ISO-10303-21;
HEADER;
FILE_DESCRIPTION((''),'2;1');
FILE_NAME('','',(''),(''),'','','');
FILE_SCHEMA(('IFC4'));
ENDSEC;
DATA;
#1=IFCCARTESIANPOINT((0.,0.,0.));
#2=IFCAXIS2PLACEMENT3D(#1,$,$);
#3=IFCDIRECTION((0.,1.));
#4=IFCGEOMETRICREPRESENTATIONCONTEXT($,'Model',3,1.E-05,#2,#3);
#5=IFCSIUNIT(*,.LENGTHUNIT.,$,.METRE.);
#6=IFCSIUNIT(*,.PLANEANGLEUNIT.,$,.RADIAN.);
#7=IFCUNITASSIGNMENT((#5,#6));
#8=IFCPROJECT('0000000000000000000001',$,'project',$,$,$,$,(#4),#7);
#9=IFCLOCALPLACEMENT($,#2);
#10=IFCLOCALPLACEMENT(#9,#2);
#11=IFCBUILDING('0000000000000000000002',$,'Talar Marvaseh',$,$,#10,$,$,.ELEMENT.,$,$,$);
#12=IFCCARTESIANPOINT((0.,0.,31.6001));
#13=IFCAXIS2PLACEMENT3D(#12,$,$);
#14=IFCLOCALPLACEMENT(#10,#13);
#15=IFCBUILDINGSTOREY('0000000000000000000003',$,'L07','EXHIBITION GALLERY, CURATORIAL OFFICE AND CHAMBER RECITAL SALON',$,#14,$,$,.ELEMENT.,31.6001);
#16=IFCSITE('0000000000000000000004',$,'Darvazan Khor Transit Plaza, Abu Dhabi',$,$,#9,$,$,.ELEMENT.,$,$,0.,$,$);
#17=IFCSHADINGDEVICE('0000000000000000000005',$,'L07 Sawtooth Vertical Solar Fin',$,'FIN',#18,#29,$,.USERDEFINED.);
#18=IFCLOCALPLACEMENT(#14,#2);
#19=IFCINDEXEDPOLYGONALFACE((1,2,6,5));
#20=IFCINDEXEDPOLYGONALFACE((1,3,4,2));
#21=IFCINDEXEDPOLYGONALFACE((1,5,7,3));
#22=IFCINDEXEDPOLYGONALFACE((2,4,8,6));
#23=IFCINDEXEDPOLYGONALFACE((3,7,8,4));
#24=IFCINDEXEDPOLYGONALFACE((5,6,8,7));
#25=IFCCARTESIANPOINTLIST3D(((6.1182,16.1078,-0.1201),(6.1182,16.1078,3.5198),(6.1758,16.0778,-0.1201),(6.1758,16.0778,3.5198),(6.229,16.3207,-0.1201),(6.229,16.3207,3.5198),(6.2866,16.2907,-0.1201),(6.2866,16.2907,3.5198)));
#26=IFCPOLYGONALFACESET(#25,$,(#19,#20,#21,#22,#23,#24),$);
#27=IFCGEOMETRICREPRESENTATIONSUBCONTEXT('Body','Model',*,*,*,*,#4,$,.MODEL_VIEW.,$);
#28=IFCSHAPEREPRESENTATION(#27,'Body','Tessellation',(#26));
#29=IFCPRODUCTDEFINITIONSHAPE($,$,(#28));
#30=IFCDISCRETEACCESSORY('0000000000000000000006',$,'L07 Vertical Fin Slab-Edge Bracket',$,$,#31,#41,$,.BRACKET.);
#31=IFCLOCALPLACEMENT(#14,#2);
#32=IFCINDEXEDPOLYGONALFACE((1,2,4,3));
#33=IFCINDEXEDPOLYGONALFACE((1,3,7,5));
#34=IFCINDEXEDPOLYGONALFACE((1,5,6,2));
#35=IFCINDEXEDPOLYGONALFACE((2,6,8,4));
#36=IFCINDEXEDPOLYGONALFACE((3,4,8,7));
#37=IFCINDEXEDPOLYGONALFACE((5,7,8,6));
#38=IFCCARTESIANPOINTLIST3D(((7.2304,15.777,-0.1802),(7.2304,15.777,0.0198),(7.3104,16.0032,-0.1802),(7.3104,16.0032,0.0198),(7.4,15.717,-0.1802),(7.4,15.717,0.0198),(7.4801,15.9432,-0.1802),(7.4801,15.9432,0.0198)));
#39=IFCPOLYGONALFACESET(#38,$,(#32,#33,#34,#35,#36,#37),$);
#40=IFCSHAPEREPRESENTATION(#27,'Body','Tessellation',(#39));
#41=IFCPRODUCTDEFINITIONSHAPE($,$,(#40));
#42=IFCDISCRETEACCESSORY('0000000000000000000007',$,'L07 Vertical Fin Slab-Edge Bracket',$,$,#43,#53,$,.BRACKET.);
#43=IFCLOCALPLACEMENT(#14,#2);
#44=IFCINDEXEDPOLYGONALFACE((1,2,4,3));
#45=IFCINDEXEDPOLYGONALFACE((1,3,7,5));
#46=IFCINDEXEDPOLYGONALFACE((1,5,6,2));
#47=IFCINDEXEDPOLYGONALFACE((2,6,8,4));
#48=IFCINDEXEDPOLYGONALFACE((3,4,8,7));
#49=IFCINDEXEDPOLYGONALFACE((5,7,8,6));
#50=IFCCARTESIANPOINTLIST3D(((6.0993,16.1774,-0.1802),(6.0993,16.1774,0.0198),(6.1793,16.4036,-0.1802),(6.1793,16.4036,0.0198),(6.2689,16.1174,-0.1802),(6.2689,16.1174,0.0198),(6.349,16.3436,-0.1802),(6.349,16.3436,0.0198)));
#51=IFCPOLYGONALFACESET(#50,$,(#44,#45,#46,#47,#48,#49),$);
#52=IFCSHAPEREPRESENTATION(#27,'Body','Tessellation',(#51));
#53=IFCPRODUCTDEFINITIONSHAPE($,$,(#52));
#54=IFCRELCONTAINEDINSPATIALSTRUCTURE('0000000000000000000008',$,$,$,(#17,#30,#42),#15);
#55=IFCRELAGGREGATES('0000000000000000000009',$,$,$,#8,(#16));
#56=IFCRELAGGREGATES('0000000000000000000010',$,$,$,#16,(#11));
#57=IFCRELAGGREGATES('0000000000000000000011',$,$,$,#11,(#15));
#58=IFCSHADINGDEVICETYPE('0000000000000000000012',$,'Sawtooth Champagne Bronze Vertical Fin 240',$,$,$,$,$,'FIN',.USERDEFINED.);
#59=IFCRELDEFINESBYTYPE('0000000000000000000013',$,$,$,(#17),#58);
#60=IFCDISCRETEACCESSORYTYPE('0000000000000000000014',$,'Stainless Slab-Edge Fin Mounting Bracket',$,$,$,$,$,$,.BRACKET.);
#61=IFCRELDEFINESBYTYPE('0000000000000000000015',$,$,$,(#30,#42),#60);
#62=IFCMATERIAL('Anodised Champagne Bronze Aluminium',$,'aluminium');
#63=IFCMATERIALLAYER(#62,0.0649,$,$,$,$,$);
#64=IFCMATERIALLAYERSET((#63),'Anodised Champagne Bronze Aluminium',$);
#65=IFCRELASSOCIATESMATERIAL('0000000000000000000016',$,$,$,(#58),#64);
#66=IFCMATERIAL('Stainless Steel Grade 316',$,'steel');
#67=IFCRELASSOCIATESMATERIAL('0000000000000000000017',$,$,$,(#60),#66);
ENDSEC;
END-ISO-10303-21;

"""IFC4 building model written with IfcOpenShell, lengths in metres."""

from ifc_helpers import new_model, si_unit, direction, frame, origin, origin_2d, place, context, subcontext, project, spatial, rectangle, extrude, source, transform, mapped, material, layer, layer_set, type_object, type_shapes, element, save


model = new_model("IFC4")

# Units and contexts
model_context = context("Model", 3, precision=1e-05, world=origin(), true_north=direction((0.0, 1.0)))
body_context = subcontext(model_context, "Body", "Model", "MODEL_VIEW")
ifc_project = project(units=[si_unit("LENGTHUNIT", "METRE"), si_unit("PLANEANGLEUNIT", "RADIAN")], contexts=[model_context])

# Site, building, storey
site_placement = place(None, origin())
site = spatial("IfcSite", under=ifc_project, at=site_placement, Name="Darvazan Khor Transit Plaza, Abu Dhabi", CompositionType="ELEMENT", RefElevation=0.0)
building_placement = place(site_placement, origin())
building = spatial("IfcBuilding", under=site, at=building_placement, Name="Talar Marvaseh", CompositionType="ELEMENT")
storey_placement = place(building_placement, frame((0.0, 0.0, 31.6001)))
storey = spatial("IfcBuildingStorey", under=building, at=storey_placement, Name="L07", Description="EXHIBITION GALLERY, CURATORIAL OFFICE AND CHAMBER RECITAL SALON", CompositionType="ELEMENT", Elevation=31.6001)

# Shading device
ifc_material_1 = material(Name="Anodised Champagne Bronze Aluminium", Category="aluminium")
ifc_layer_1 = layer(ifc_material_1, 0.0649)
ifc_layer_set_1 = layer_set([ifc_layer_1], Name="Anodised Champagne Bronze Aluminium")
shading_device_type = type_object("IfcShadingDeviceType", Name="Sawtooth Champagne Bronze Vertical Fin 240", ElementType="FIN", PredefinedType="USERDEFINED", material=ifc_layer_set_1)
shared_shape_1 = source(origin(), body_context, "Body", "SweptSolid", [
    extrude(rectangle(XDim=0.24, YDim=0.0649, at=origin_2d()), origin(), (0.0, 0.0, 1.0), 3.6399),
])
type_shapes(shading_device_type, [shared_shape_1])
shading_device_placement = place(storey_placement, frame((6.2024, 16.1992, -0.1201), z_axis=(0.0, 0.0, 1.0), x_axis=(-0.461594, -0.887091, 0.0)))
element("IfcShadingDevice", 1, at=shading_device_placement, inside=storey, type_object=shading_device_type, Name="L07 Sawtooth Vertical Solar Fin", ObjectType="FIN", PredefinedType="USERDEFINED", context=body_context, shape_type="MappedRepresentation", body=[
    mapped(shared_shape_1, transform((0.0, 0.0, 0.0), x_axis=(1.0, 0.0, 0.0), y_axis=(0.0, 1.0, 0.0), z_axis=(0.0, 0.0, 1.0), scale=1.0)),
])

# Discrete accessories
ifc_material_2 = material(Name="Stainless Steel Grade 316", Category="steel")
discrete_accessory_type = type_object("IfcDiscreteAccessoryType", Name="Stainless Slab-Edge Fin Mounting Bracket", PredefinedType="BRACKET", material=ifc_material_2)
shared_shape_2 = source(origin(), body_context, "Body", "SweptSolid", [
    extrude(rectangle(XDim=0.24, YDim=0.1799, at=origin_2d()), origin(), (0.0, 0.0, 1.0), 0.2),
])
type_shapes(discrete_accessory_type, [shared_shape_2])
for number, where, z_axis, x_axis, name in (
    (2, (7.3552, 15.8601, -0.1802), (0.0, 0.0, 1.0), (-0.333642, -0.9427, 0.0), "L07 Vertical Fin Slab-Edge Bracket"),
    (3, (6.2241, 16.2605, -0.1802), (0.0, 0.0, 1.0), (-0.333642, -0.9427, 0.0), "L07 Vertical Fin Slab-Edge Bracket"),
):
    element("IfcDiscreteAccessory", number, at=place(storey_placement, frame(where, z_axis=z_axis, x_axis=x_axis)), inside=storey, type_object=discrete_accessory_type, Name=name, PredefinedType="BRACKET", context=body_context, shape_type="MappedRepresentation", body=[
        mapped(shared_shape_2, transform((0.0, 0.0, 0.0), x_axis=(1.0, 0.0, 0.0), y_axis=(0.0, 1.0, 0.0), z_axis=(0.0, 0.0, 1.0), scale=1.0)),
    ])

save(model, "model.ifc")
